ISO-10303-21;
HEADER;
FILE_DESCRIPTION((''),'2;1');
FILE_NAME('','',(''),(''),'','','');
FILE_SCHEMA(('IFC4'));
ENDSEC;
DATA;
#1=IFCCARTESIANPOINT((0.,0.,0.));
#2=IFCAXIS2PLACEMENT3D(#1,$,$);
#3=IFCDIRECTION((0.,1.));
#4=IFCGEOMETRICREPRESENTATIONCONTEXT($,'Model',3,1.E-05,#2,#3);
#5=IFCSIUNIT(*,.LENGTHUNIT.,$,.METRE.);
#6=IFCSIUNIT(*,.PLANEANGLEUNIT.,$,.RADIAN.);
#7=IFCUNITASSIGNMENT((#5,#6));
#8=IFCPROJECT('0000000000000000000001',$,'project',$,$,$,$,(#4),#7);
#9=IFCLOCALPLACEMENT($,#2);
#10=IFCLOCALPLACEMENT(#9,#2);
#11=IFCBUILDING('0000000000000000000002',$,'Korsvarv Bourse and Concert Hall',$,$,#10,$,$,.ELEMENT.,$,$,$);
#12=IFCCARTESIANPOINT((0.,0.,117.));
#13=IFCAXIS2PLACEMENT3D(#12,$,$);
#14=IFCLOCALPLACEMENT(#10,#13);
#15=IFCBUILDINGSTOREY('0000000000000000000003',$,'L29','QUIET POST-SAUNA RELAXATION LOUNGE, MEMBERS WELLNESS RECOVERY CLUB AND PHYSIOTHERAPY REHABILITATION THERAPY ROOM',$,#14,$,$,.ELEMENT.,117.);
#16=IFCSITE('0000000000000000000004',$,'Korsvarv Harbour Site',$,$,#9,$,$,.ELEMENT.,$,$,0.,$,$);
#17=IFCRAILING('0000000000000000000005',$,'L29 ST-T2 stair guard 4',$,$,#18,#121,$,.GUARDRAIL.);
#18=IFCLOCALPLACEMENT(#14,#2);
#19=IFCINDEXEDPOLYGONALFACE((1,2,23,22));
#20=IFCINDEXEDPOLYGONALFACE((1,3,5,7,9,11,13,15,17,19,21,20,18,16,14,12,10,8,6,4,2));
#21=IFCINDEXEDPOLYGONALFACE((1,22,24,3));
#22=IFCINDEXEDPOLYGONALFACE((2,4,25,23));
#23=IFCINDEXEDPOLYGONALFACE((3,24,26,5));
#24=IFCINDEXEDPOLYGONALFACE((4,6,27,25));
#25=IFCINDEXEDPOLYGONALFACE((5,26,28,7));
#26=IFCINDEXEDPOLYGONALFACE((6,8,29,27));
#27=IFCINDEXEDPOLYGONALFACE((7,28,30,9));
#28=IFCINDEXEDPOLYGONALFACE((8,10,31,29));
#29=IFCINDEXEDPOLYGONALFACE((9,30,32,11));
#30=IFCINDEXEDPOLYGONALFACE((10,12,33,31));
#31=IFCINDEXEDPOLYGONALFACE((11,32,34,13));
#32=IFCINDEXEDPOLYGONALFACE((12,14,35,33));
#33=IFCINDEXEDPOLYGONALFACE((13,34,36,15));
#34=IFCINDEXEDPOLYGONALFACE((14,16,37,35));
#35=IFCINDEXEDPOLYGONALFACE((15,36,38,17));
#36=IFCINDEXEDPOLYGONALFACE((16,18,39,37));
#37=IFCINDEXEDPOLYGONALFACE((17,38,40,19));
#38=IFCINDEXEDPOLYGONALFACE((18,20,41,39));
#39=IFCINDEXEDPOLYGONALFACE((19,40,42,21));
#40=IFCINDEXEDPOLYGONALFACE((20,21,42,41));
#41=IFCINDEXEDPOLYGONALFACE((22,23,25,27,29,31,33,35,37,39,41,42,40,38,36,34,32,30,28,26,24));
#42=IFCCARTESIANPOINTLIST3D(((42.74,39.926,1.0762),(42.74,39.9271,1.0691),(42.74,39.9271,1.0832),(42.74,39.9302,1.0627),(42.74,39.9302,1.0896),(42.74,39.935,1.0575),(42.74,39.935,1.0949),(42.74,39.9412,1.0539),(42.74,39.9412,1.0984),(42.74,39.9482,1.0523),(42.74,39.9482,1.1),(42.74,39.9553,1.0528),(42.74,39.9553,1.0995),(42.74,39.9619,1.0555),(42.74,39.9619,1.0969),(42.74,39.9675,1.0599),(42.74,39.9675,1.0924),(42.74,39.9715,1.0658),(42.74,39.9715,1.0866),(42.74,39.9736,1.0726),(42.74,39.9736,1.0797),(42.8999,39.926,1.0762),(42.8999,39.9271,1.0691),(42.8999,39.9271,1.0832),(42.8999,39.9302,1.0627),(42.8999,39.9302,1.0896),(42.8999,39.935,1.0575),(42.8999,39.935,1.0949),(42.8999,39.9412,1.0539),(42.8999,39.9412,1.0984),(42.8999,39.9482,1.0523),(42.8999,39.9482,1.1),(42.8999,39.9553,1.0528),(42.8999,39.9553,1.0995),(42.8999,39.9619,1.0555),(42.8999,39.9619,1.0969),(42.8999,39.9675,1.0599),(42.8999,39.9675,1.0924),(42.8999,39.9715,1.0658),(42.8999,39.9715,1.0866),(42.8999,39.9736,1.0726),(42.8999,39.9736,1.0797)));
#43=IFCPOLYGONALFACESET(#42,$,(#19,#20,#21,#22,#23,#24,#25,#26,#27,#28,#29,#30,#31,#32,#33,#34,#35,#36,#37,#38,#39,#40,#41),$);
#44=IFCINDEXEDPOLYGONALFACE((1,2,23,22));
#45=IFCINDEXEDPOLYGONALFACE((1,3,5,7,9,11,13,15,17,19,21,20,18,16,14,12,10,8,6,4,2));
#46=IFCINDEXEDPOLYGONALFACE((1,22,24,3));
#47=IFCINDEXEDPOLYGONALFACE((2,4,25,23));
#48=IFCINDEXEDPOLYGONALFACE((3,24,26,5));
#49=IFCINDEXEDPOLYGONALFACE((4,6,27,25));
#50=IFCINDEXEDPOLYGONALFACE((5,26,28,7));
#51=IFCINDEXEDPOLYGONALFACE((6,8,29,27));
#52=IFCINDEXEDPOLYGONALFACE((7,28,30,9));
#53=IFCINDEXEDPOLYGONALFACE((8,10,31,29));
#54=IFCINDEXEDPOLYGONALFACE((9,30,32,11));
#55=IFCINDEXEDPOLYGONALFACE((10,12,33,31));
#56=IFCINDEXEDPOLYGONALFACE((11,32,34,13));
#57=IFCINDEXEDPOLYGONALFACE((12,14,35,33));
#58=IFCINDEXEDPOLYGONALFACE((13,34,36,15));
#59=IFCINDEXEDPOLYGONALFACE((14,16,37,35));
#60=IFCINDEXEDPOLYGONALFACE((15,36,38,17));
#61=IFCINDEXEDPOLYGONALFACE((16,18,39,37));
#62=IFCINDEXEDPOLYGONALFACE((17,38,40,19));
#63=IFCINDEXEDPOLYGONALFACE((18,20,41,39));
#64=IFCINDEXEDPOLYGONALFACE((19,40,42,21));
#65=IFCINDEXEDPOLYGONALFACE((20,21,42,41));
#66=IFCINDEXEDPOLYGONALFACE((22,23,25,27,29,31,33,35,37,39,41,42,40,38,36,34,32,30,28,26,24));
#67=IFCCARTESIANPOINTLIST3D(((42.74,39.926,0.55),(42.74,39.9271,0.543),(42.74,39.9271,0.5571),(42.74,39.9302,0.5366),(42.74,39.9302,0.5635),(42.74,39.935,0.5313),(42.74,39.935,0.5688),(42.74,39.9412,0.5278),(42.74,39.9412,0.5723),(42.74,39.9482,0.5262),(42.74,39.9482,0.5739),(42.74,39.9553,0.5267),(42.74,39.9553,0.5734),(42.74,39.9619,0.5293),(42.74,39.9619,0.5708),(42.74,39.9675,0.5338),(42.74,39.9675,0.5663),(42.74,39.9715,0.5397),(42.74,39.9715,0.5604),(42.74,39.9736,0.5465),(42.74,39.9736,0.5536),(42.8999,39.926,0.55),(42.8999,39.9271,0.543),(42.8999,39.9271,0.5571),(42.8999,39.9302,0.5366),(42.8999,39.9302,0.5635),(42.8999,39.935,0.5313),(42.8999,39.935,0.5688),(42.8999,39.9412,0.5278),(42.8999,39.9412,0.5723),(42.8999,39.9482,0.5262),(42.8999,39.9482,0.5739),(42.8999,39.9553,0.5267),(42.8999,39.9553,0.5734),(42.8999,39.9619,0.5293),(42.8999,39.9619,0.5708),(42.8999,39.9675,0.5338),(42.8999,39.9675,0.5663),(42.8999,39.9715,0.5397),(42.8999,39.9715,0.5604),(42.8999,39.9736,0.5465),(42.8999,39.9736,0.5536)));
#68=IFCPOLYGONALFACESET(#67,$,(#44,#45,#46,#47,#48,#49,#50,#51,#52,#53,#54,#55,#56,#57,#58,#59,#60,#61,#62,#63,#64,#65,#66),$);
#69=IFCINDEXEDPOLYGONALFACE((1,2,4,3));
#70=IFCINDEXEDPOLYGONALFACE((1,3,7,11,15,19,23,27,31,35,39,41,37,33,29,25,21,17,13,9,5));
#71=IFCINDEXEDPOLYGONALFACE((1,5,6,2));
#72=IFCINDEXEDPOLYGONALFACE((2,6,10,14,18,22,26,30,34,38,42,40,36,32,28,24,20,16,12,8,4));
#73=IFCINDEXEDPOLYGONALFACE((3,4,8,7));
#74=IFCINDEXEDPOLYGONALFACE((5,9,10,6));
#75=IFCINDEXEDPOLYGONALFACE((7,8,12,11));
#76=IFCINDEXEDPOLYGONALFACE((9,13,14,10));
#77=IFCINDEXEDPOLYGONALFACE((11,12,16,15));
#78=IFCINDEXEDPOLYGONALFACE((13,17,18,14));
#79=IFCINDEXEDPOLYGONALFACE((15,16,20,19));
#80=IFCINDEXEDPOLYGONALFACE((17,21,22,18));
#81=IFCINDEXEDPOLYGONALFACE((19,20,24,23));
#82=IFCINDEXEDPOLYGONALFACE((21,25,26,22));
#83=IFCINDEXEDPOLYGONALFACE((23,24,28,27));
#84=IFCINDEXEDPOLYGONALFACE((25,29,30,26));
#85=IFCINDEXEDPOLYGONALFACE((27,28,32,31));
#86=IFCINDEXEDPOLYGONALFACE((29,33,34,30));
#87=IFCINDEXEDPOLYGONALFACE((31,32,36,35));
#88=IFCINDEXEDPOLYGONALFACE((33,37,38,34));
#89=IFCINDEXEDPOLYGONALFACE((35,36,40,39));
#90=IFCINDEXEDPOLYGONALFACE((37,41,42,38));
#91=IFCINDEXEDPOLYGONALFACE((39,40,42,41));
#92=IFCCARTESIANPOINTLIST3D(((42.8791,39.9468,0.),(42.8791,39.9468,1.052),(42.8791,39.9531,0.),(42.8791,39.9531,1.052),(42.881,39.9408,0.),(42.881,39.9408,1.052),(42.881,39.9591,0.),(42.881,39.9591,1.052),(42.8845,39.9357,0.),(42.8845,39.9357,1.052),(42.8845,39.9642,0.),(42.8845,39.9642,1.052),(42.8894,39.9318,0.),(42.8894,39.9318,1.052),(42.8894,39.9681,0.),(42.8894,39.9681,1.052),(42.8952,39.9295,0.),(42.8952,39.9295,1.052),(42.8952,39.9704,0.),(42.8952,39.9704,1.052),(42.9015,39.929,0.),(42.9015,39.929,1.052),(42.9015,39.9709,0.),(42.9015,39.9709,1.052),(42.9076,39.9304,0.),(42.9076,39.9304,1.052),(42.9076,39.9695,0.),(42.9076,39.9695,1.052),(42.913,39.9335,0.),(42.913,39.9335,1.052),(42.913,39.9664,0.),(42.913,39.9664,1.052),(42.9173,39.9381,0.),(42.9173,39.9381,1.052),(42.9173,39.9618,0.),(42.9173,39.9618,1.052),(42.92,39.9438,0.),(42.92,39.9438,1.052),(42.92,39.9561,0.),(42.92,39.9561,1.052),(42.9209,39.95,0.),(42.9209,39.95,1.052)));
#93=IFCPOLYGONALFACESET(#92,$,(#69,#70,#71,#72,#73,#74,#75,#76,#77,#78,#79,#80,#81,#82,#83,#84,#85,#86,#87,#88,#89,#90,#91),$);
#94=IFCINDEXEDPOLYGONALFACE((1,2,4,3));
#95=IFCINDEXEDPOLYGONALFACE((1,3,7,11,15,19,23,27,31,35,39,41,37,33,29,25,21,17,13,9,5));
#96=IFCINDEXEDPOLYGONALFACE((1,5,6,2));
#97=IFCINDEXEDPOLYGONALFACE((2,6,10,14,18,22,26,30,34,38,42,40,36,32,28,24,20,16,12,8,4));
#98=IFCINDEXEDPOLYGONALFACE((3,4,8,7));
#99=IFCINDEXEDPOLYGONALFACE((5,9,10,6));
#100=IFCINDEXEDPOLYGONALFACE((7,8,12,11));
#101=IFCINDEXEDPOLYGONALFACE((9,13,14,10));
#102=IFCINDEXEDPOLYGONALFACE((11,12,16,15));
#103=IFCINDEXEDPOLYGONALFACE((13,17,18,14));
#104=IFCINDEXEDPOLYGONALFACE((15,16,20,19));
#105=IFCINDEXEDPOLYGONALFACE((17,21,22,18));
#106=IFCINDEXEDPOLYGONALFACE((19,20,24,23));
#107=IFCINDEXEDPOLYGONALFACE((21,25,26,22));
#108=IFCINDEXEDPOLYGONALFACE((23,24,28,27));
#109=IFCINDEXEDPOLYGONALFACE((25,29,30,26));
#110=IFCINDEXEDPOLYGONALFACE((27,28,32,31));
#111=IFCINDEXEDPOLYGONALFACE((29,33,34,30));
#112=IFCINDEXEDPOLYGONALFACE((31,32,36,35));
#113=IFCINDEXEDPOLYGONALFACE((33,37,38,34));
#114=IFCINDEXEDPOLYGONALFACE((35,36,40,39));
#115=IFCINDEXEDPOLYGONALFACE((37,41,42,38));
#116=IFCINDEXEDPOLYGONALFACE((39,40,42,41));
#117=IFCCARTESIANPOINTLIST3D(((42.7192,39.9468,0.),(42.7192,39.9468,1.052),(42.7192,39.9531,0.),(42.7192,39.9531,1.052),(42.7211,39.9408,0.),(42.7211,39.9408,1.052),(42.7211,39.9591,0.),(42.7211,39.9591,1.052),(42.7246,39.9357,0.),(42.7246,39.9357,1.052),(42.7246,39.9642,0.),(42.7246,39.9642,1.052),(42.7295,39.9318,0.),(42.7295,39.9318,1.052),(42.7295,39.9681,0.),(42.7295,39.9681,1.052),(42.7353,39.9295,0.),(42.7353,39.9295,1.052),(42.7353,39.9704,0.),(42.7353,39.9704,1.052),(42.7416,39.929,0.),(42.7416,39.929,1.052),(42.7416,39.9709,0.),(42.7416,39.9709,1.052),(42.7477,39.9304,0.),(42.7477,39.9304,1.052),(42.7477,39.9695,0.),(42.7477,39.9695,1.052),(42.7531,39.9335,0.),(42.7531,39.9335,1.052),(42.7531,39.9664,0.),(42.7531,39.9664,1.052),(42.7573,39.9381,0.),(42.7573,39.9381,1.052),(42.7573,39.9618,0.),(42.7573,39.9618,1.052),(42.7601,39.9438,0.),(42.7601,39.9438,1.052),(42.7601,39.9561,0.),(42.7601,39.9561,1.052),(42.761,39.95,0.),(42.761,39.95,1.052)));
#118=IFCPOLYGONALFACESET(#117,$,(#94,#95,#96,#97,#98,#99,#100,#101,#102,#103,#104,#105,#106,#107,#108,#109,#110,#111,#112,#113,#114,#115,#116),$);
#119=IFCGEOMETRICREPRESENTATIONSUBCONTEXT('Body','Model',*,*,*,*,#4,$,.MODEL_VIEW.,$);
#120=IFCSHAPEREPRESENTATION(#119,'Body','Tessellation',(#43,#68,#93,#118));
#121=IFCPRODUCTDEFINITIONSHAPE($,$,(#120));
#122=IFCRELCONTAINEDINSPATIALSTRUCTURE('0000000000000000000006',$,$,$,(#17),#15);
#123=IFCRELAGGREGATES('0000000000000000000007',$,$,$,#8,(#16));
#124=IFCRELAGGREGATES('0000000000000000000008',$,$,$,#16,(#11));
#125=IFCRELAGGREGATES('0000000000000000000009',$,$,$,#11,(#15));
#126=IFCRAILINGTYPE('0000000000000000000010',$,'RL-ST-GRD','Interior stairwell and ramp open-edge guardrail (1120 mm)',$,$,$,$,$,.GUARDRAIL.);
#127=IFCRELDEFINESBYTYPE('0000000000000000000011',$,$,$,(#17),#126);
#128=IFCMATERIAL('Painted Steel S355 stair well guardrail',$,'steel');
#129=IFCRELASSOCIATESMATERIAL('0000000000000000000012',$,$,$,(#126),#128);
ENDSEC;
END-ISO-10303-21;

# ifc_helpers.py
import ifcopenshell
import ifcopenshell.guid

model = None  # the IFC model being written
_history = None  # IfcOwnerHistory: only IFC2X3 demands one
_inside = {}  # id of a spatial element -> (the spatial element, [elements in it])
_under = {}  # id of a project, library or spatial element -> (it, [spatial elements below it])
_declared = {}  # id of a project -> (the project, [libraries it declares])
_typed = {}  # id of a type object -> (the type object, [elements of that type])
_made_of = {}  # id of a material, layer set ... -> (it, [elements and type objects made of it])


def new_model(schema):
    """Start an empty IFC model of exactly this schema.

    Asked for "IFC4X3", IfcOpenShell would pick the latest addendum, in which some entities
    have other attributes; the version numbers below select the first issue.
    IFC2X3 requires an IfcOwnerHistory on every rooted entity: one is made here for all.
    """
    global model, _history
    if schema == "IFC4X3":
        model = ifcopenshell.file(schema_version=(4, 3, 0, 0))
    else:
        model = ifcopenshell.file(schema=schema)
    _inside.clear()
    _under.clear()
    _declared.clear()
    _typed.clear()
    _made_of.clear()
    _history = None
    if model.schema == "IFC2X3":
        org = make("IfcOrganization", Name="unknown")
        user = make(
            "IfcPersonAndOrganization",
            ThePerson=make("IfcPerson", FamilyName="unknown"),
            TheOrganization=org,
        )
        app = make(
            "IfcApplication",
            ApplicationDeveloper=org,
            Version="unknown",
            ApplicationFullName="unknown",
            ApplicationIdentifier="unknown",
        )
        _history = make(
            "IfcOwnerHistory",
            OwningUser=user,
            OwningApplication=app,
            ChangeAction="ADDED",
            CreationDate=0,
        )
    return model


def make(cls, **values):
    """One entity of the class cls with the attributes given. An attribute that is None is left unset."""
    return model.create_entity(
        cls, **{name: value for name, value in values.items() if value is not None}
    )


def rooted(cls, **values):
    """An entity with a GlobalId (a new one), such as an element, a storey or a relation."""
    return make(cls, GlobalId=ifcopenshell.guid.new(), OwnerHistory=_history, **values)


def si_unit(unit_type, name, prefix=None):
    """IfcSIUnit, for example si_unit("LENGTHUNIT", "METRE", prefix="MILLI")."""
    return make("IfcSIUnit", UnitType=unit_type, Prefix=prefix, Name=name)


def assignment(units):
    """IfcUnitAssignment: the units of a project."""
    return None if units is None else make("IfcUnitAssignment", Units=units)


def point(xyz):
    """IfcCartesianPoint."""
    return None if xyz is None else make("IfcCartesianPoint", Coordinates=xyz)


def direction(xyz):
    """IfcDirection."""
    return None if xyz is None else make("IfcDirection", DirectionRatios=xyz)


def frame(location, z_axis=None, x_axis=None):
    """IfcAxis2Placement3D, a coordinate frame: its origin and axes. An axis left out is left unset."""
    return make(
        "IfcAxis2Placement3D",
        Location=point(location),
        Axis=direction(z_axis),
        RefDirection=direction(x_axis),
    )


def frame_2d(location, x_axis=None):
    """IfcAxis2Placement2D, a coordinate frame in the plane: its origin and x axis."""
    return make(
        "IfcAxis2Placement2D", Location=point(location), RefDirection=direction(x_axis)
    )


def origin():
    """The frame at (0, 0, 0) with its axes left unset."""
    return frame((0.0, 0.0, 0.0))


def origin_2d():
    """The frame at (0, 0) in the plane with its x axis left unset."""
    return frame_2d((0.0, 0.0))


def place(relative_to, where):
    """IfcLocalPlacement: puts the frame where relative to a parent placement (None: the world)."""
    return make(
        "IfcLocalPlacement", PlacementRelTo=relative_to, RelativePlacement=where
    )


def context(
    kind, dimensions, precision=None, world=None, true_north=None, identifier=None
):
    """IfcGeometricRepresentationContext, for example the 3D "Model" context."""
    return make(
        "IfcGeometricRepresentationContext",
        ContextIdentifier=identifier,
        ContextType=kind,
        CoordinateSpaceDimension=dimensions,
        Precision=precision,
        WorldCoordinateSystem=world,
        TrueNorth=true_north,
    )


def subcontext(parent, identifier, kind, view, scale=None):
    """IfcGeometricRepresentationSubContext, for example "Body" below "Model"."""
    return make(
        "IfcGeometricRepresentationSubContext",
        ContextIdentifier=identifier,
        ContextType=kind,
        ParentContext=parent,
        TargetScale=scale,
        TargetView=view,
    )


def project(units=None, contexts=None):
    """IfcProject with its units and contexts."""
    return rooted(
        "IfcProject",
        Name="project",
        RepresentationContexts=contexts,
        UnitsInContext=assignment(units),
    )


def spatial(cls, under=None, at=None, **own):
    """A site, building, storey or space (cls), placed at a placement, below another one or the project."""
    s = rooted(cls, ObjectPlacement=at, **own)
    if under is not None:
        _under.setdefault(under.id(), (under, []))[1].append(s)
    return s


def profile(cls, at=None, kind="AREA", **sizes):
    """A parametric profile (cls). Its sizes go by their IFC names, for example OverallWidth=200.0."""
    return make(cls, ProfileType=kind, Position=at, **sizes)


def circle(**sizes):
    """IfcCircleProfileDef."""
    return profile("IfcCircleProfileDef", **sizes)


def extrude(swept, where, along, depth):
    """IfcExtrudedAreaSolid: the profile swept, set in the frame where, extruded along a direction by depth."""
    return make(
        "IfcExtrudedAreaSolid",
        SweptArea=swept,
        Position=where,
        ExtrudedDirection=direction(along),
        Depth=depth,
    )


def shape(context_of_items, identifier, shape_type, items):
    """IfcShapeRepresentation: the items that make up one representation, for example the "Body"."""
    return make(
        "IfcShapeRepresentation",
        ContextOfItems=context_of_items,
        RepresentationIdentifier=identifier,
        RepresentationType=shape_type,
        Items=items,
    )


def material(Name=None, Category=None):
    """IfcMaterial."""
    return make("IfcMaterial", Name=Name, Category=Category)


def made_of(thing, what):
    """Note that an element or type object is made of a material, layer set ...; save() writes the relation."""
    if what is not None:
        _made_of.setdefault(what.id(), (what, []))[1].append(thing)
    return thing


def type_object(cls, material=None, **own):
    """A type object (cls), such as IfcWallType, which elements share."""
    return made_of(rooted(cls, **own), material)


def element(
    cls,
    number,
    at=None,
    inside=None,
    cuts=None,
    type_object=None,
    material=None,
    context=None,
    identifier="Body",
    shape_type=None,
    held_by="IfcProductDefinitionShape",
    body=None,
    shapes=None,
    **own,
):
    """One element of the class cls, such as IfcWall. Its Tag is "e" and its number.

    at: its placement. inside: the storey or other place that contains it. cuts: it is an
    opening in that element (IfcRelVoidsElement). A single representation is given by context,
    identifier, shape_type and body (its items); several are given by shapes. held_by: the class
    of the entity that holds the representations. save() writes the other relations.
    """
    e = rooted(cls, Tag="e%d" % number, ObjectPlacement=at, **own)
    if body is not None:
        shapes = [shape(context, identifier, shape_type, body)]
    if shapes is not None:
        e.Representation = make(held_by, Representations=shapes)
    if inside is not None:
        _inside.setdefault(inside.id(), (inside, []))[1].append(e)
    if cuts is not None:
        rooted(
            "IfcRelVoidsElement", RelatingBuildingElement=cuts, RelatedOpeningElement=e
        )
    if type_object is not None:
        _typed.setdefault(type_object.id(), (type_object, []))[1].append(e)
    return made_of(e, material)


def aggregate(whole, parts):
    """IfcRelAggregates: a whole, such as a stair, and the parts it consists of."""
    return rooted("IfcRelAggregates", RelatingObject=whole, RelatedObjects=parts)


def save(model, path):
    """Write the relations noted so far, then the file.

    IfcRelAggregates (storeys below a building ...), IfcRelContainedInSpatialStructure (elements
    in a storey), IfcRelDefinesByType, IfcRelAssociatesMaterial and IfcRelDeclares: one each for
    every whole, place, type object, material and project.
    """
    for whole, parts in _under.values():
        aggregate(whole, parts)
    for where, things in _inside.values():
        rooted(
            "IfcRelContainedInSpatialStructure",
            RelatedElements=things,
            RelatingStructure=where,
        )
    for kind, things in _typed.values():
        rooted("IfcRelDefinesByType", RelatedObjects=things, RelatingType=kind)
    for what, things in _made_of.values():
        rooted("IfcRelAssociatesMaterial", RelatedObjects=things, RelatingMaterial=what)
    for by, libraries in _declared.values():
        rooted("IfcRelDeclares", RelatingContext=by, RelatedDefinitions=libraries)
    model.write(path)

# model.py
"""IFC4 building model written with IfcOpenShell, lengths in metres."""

from ifc_helpers import new_model, si_unit, direction, frame, origin, origin_2d, place, context, subcontext, project, spatial, circle, extrude, material, type_object, element, save


model = new_model("IFC4")

# Units and contexts
model_context = context("Model", 3, precision=1e-05, world=origin(), true_north=direction((0.0, 1.0)))
body_context = subcontext(model_context, "Body", "Model", "MODEL_VIEW")
ifc_project = project(units=[si_unit("LENGTHUNIT", "METRE"), si_unit("PLANEANGLEUNIT", "RADIAN")], contexts=[model_context])

# Site, building, storey
site_placement = place(None, origin())
site = spatial("IfcSite", under=ifc_project, at=site_placement, Name="Korsvarv Harbour Site", CompositionType="ELEMENT", RefElevation=0.0)
building_placement = place(site_placement, origin())
building = spatial("IfcBuilding", under=site, at=building_placement, Name="Korsvarv Bourse and Concert Hall", CompositionType="ELEMENT")
storey_placement = place(building_placement, frame((0.0, 0.0, 117.0)))
storey = spatial("IfcBuildingStorey", under=building, at=storey_placement, Name="L29", Description="QUIET POST-SAUNA RELAXATION LOUNGE, MEMBERS WELLNESS RECOVERY CLUB AND PHYSIOTHERAPY REHABILITATION THERAPY ROOM", CompositionType="ELEMENT", Elevation=117.0)

# Railing
ifc_material_1 = material(Name="Painted Steel S355 stair well guardrail", Category="steel")
railing_type_1 = type_object("IfcRailingType", Name="RL-ST-GRD", Description="Interior stairwell and ramp open-edge guardrail (1120 mm)", PredefinedType="GUARDRAIL", material=ifc_material_1)
railing_1_placement = place(storey_placement, frame((42.8999, 39.95, 0.0)))
element("IfcRailing", 1, at=railing_1_placement, inside=storey, type_object=railing_type_1, Name="L29 ST-T2 stair guard 4", PredefinedType="GUARDRAIL", context=body_context, shape_type="SweptSolid", body=[
    extrude(circle(Radius=0.0239, at=origin_2d()), frame((0.0, 0.0, 1.0762), z_axis=(-1.0, 0.0, 0.0), x_axis=(0.0, -1.0, 0.0)), (0.0, 0.0, 1.0), 0.1599),
    extrude(circle(Radius=0.0239, at=origin_2d()), frame((0.0, 0.0, 0.55), z_axis=(-1.0, 0.0, 0.0), x_axis=(0.0, -1.0, 0.0)), (0.0, 0.0, 1.0), 0.1599),
    extrude(circle(Radius=0.021, at=origin_2d()), origin(), (0.0, 0.0, 1.0), 1.052),
    extrude(circle(Radius=0.021, at=origin_2d()), frame((-0.1599, 0.0, 0.0)), (0.0, 0.0, 1.0), 1.052),
])

save(model, "model.ifc")
